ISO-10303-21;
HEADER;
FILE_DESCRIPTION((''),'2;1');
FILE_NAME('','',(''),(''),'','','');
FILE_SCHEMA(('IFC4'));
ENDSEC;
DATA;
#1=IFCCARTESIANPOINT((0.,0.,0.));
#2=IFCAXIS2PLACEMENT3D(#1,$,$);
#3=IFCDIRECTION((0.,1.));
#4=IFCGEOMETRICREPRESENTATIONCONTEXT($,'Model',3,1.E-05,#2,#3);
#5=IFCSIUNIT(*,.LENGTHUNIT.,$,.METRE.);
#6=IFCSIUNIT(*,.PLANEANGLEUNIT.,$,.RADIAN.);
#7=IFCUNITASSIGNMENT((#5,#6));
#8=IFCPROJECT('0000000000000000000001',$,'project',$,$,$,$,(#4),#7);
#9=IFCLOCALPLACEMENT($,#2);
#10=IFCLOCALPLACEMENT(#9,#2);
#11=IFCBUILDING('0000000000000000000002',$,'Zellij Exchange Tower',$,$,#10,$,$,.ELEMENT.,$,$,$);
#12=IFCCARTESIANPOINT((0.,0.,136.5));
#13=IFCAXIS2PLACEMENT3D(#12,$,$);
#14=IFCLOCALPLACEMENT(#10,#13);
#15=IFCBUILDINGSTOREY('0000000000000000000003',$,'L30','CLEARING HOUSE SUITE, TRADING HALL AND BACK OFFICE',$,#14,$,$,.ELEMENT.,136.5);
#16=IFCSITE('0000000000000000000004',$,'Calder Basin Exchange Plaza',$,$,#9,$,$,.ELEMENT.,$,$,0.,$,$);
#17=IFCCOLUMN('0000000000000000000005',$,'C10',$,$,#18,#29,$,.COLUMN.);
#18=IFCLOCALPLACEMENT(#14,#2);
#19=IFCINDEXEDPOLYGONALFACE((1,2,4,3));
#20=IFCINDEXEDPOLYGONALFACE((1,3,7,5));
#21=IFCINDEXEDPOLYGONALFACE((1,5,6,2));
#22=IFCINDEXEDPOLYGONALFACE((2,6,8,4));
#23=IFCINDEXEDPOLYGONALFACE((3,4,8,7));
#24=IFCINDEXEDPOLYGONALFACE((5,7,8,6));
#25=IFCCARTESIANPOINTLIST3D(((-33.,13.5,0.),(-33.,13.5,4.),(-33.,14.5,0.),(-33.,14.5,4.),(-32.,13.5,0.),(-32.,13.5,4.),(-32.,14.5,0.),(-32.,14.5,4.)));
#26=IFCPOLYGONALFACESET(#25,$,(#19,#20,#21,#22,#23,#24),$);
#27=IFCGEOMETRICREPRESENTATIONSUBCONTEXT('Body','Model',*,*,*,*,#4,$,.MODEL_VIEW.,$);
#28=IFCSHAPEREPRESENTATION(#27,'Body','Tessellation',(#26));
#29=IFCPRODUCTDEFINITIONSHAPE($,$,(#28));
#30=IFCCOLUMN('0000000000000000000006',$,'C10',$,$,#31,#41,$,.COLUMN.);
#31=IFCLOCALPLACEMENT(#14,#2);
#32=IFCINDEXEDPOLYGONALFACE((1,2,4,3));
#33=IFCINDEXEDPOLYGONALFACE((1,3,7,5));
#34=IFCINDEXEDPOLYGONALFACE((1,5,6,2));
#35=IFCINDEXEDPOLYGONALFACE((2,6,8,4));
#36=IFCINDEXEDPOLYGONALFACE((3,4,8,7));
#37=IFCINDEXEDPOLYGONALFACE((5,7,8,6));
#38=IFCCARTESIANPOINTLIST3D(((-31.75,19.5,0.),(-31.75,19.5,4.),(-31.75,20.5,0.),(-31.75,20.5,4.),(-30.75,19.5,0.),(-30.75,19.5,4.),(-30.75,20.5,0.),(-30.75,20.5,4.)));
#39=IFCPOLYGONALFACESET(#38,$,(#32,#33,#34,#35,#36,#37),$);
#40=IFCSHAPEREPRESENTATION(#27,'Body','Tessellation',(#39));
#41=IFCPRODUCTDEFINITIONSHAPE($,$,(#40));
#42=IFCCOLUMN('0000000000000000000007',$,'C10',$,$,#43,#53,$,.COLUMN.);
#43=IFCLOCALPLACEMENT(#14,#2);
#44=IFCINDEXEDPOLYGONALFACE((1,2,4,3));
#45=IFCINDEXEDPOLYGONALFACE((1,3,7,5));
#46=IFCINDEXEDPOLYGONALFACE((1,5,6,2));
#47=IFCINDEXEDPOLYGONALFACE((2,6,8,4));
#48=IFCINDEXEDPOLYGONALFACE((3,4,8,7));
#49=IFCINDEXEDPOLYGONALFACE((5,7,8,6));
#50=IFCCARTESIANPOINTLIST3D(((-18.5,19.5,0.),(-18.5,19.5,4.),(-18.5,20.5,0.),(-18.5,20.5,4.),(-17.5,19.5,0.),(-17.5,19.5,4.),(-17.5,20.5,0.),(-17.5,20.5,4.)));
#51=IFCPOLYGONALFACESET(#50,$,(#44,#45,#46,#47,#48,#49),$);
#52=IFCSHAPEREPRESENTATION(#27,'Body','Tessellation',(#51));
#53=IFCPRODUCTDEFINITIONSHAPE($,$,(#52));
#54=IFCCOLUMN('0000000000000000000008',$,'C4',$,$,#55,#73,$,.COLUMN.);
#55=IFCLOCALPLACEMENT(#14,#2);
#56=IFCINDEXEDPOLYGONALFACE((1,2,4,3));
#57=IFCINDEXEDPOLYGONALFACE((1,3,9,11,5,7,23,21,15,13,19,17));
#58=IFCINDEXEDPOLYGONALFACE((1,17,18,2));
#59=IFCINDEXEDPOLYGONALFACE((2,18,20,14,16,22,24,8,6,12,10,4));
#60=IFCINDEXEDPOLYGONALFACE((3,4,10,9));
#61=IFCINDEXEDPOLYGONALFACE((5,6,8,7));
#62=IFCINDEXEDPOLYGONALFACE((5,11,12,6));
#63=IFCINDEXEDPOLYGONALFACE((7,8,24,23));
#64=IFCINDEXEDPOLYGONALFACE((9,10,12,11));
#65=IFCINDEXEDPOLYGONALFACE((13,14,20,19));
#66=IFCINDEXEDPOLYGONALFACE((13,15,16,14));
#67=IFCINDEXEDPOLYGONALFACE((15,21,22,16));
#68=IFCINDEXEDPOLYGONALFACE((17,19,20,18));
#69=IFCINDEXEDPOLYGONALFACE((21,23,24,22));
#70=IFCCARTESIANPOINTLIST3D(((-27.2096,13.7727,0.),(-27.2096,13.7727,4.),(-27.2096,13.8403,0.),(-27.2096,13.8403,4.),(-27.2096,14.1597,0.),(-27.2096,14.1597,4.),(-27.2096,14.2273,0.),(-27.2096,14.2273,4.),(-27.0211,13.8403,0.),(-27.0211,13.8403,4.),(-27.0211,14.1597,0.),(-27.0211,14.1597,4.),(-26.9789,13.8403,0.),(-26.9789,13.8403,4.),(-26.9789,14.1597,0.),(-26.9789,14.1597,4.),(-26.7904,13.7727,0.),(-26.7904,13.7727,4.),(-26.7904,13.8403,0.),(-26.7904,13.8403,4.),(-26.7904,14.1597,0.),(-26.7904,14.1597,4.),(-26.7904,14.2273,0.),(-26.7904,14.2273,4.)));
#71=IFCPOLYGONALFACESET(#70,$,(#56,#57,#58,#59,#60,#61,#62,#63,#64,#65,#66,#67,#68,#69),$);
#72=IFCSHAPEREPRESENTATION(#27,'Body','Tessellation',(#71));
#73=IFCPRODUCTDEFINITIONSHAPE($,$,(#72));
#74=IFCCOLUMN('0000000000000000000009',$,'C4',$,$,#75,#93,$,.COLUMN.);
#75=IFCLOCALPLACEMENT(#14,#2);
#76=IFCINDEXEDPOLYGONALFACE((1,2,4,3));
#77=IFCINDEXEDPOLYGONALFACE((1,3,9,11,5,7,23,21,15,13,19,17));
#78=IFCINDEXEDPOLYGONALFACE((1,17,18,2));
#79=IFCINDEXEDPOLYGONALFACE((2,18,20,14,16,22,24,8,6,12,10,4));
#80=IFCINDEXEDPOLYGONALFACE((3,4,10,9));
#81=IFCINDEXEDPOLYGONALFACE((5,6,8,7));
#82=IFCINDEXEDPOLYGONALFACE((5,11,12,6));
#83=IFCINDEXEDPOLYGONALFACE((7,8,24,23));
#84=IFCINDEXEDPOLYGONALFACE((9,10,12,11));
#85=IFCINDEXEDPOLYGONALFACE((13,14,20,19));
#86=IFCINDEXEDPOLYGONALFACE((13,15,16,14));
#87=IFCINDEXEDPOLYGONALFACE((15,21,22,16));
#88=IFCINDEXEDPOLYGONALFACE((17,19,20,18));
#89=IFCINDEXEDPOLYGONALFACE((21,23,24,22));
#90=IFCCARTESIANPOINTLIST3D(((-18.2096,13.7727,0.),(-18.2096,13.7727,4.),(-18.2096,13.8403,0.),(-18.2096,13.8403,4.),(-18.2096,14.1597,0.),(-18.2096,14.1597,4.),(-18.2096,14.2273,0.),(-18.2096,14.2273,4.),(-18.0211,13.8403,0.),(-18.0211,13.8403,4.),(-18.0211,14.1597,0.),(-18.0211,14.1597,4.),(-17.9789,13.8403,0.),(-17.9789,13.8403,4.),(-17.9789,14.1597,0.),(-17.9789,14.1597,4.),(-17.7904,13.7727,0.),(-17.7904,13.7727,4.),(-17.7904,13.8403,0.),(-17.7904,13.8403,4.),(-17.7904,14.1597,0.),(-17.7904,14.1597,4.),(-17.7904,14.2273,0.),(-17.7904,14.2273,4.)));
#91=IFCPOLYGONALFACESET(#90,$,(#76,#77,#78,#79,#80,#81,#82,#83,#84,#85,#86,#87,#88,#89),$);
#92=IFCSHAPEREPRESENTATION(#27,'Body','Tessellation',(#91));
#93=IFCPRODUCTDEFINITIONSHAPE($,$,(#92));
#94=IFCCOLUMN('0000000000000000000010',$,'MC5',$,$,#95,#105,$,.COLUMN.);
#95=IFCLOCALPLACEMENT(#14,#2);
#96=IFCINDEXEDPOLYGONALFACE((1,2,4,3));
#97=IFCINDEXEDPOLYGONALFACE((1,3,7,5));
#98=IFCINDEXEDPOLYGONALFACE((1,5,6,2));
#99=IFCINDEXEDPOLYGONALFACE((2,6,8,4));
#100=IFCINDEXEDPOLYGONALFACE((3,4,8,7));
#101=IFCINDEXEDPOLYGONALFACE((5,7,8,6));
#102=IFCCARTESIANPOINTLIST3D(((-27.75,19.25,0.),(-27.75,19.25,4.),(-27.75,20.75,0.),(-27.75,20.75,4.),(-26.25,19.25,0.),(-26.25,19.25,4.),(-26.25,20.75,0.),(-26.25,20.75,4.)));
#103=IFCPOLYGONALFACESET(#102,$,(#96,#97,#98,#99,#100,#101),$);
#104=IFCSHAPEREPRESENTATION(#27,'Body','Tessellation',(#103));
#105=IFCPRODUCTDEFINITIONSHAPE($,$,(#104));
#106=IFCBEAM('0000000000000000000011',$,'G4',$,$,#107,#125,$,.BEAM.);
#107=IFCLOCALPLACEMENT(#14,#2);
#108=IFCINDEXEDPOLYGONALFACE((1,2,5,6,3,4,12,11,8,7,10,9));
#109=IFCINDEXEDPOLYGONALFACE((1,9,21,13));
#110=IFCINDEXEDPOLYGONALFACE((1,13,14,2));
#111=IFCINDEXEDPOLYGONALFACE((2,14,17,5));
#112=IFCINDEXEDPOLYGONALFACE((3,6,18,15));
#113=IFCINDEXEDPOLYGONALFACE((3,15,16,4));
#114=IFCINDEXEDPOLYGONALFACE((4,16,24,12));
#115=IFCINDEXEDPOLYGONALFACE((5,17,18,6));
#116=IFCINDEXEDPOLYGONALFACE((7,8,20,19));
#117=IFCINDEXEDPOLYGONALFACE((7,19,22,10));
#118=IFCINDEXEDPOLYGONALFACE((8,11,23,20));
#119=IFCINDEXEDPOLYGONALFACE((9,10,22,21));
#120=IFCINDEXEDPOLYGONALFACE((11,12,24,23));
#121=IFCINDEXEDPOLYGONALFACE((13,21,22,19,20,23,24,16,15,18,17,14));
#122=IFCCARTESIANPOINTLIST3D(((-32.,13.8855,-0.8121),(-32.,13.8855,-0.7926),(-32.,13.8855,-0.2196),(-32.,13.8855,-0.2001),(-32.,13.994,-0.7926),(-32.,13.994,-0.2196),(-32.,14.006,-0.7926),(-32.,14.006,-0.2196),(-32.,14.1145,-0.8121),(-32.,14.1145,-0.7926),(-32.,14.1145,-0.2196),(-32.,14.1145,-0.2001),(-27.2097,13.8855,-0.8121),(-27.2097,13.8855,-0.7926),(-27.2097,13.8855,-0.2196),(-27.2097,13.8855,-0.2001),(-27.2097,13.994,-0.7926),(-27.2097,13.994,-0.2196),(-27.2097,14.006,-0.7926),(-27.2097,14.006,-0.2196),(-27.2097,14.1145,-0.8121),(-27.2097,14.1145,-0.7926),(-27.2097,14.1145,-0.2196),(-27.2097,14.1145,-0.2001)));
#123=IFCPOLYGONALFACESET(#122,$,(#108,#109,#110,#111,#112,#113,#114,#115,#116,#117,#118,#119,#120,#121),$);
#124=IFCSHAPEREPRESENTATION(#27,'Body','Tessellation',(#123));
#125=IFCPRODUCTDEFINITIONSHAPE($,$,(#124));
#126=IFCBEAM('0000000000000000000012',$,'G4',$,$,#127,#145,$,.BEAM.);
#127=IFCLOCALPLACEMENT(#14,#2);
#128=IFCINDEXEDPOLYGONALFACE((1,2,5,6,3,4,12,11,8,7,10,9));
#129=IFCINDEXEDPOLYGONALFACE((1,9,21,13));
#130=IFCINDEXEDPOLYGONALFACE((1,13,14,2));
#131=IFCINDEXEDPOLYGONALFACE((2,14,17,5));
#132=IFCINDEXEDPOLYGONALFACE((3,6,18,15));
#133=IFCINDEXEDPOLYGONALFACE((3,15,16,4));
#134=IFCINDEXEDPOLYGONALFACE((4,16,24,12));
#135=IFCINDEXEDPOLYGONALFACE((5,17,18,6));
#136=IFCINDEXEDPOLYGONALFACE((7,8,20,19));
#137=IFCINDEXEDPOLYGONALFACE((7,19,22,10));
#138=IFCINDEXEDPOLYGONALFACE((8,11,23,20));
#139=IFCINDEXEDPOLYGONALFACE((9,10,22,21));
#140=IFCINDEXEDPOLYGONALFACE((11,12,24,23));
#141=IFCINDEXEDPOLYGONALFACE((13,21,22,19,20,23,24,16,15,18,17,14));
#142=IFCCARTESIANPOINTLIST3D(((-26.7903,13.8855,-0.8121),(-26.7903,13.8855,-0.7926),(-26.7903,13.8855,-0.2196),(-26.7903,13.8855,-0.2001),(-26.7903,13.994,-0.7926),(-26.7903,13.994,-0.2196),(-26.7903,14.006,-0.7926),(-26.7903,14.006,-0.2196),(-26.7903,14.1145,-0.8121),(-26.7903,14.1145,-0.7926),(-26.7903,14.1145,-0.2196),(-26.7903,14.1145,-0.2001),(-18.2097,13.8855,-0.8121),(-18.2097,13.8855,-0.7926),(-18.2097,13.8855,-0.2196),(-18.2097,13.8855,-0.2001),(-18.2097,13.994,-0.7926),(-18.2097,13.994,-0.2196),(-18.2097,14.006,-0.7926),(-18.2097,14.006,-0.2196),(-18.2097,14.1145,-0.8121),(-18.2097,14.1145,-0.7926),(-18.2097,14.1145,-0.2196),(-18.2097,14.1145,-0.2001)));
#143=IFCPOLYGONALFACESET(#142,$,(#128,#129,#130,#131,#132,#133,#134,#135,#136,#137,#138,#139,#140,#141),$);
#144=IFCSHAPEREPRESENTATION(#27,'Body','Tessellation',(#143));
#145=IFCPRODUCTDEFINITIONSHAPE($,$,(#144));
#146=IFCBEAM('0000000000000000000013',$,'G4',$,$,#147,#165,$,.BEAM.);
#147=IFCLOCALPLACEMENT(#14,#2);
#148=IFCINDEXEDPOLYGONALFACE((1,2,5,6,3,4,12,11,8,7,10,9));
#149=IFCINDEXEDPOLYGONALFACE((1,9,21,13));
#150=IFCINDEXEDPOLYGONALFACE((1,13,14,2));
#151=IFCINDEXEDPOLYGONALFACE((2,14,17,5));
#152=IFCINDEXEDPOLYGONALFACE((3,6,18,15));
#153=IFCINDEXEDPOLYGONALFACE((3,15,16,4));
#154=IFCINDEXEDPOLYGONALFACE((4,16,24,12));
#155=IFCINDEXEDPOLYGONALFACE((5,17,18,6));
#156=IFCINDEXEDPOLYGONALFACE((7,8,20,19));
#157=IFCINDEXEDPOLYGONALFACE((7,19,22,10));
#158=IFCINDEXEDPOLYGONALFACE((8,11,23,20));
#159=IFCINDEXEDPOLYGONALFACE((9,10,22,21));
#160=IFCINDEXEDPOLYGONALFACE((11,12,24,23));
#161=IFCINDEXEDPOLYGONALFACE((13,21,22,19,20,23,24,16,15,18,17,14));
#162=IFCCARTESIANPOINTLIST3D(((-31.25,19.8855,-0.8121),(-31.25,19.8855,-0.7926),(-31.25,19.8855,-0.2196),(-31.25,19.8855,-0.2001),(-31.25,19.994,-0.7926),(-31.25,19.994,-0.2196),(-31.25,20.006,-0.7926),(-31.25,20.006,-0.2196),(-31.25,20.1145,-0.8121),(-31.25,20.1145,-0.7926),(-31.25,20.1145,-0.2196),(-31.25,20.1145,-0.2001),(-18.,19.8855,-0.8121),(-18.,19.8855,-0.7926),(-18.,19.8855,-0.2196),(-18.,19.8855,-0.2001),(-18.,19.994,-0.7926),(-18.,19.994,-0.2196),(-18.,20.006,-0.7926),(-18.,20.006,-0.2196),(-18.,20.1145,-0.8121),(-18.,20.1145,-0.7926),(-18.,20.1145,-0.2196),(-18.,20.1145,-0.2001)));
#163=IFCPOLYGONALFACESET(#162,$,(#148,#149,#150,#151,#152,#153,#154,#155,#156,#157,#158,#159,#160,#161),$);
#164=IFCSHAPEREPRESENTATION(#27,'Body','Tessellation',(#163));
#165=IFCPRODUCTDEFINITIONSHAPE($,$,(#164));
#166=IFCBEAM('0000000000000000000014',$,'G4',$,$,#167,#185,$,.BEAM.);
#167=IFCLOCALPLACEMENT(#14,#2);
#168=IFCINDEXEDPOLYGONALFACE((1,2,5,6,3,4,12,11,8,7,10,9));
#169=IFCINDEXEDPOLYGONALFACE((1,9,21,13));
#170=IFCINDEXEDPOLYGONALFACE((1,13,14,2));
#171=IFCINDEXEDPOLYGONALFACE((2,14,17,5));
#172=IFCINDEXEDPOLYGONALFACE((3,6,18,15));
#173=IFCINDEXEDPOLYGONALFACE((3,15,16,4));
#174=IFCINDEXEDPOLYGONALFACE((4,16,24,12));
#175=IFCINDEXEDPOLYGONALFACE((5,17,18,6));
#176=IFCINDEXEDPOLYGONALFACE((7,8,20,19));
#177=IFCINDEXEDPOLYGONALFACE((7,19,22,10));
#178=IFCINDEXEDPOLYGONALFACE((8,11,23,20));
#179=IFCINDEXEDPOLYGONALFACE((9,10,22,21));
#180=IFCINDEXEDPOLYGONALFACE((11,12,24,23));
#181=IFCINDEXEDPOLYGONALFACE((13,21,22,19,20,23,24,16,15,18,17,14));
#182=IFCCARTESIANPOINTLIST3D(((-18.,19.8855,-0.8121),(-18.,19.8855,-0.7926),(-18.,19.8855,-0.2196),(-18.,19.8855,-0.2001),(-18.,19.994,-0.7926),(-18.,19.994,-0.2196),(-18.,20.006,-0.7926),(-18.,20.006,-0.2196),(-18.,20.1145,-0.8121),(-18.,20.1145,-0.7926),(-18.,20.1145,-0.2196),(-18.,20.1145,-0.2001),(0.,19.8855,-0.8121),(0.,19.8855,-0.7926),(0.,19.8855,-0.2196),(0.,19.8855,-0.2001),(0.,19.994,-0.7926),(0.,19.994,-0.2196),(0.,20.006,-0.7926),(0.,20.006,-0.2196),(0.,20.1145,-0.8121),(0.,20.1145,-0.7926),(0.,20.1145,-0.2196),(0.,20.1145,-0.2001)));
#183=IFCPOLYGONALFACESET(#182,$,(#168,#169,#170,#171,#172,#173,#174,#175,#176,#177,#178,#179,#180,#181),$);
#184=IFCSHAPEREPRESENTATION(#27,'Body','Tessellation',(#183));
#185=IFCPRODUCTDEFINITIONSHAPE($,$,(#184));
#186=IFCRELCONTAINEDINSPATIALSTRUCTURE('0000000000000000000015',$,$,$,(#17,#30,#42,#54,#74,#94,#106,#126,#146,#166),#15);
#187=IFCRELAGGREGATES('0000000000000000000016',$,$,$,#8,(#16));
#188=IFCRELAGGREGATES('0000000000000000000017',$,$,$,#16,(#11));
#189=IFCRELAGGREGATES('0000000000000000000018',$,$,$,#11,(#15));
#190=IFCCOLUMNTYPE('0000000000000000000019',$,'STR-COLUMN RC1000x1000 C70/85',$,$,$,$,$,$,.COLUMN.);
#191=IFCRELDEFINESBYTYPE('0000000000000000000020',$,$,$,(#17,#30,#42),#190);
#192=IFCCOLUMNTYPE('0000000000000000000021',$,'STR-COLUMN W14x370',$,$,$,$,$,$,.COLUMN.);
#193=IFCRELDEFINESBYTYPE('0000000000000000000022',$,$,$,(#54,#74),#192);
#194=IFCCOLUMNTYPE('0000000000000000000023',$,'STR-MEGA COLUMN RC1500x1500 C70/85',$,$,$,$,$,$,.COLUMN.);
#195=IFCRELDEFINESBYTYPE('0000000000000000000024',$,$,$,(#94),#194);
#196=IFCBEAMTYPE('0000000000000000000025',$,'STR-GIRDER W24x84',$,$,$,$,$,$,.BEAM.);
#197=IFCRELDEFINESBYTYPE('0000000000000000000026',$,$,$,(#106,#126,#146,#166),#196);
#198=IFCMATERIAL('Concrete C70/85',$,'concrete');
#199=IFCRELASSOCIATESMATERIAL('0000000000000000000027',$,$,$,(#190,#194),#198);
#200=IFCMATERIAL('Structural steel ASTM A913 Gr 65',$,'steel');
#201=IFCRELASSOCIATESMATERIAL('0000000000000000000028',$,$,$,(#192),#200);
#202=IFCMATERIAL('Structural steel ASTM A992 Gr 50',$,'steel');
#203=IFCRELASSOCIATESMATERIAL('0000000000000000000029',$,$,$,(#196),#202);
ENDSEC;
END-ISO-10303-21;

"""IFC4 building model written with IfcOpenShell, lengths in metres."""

from ifc_helpers import new_model, si_unit, direction, frame, origin, origin_2d, place, context, subcontext, project, spatial, rectangle, i_section, extrude, material, material_profile, profile_set, type_object, element, save


model = new_model("IFC4")

# Units and contexts
model_context = context("Model", 3, precision=1e-05, world=origin(), true_north=direction((0.0, 1.0)))
body_context = subcontext(model_context, "Body", "Model", "MODEL_VIEW")
ifc_project = project(units=[si_unit("LENGTHUNIT", "METRE"), si_unit("PLANEANGLEUNIT", "RADIAN")], contexts=[model_context])

# Site, building, storey
site_placement = place(None, origin())
site = spatial("IfcSite", under=ifc_project, at=site_placement, Name="Calder Basin Exchange Plaza", CompositionType="ELEMENT", RefElevation=0.0)
building_placement = place(site_placement, origin())
building = spatial("IfcBuilding", under=site, at=building_placement, Name="Zellij Exchange Tower", CompositionType="ELEMENT")
storey_placement = place(building_placement, frame((0.0, 0.0, 136.5)))
storey = spatial("IfcBuildingStorey", under=building, at=storey_placement, Name="L30", Description="CLEARING HOUSE SUITE, TRADING HALL AND BACK OFFICE", CompositionType="ELEMENT", Elevation=136.5)

# Columns
ifc_material_1 = material(Name="Concrete C70/85", Category="concrete")
ifc_material_profile_1 = material_profile(ifc_material_1, rectangle(XDim=1.0, YDim=1.0, at=origin_2d()), Name="STR-COLUMN RC1000x1000 C70/85")
ifc_profile_set_1 = profile_set([ifc_material_profile_1], Name="Concrete C70/85")
column_type_1 = type_object("IfcColumnType", Name="STR-COLUMN RC1000x1000 C70/85", PredefinedType="COLUMN", material=ifc_profile_set_1)
for number, where, z_axis, x_axis, name in (
    (1, (-32.5, 14.0, 0.0), (0.0, 0.0, 1.0), (1.0, 0.0, 0.0), "C10"),
    (2, (-31.25, 20.0, 0.0), (0.0, 0.0, 1.0), (1.0, 0.0, 0.0), "C10"),
    (3, (-18.0, 20.0, 0.0), (0.0, 0.0, 1.0), (1.0, 0.0, 0.0), "C10"),
):
    element("IfcColumn", number, at=place(storey_placement, frame(where, z_axis=z_axis, x_axis=x_axis)), inside=storey, type_object=column_type_1, Name=name, PredefinedType="COLUMN", context=body_context, shape_type="SweptSolid", body=[
        extrude(rectangle(XDim=1.0, YDim=1.0, at=origin_2d()), origin(), (0.0, 0.0, 1.0), 4.0),
    ])
ifc_material_2 = material(Name="Structural steel ASTM A913 Gr 65", Category="steel")
ifc_material_profile_2 = material_profile(ifc_material_2, i_section(OverallWidth=0.4192, OverallDepth=0.4546, WebThickness=0.0422, FlangeThickness=0.0676, at=origin_2d()), Name="W14x370")
ifc_profile_set_2 = profile_set([ifc_material_profile_2], Name="Structural steel ASTM A913 Gr 65")
column_type_2 = type_object("IfcColumnType", Name="STR-COLUMN W14x370", PredefinedType="COLUMN", material=ifc_profile_set_2)
for number, where, z_axis, x_axis, name in (
    (4, (-27.0, 14.0, 0.0), (0.0, 0.0, 1.0), (1.0, 0.0, 0.0), "C4"),
    (5, (-18.0, 14.0, 0.0), (0.0, 0.0, 1.0), (1.0, 0.0, 0.0), "C4"),
):
    element("IfcColumn", number, at=place(storey_placement, frame(where, z_axis=z_axis, x_axis=x_axis)), inside=storey, type_object=column_type_2, Name=name, PredefinedType="COLUMN", context=body_context, shape_type="SweptSolid", body=[
        extrude(i_section(OverallWidth=0.4192, OverallDepth=0.4546, WebThickness=0.0422, FlangeThickness=0.0676, at=origin_2d()), origin(), (0.0, 0.0, 1.0), 4.0),
    ])
ifc_material_profile_3 = material_profile(ifc_material_1, rectangle(XDim=1.5, YDim=1.5, at=origin_2d()), Name="STR-MEGA COLUMN RC1500x1500 C70/85")
ifc_profile_set_3 = profile_set([ifc_material_profile_3], Name="Concrete C70/85")
column_type_3 = type_object("IfcColumnType", Name="STR-MEGA COLUMN RC1500x1500 C70/85", PredefinedType="COLUMN", material=ifc_profile_set_3)
column_placement = place(storey_placement, frame((-27.0, 20.0, 0.0), z_axis=(0.0, 0.0, 1.0), x_axis=(1.0, 0.0, 0.0)))
element("IfcColumn", 6, at=column_placement, inside=storey, type_object=column_type_3, Name="MC5", PredefinedType="COLUMN", context=body_context, shape_type="SweptSolid", body=[
    extrude(rectangle(XDim=1.5, YDim=1.5, at=origin_2d()), origin(), (0.0, 0.0, 1.0), 4.0),
])

# Beams
ifc_material_3 = material(Name="Structural steel ASTM A992 Gr 50", Category="steel")
ifc_material_profile_4 = material_profile(ifc_material_3, i_section(OverallWidth=0.229, OverallDepth=0.6121, WebThickness=0.012, FlangeThickness=0.0195, at=origin_2d()), Name="W24x84")
ifc_profile_set_4 = profile_set([ifc_material_profile_4], Name="Structural steel ASTM A992 Gr 50")
beam_type = type_object("IfcBeamType", Name="STR-GIRDER W24x84", PredefinedType="BEAM", material=ifc_profile_set_4)
beam_1_placement = place(storey_placement, frame((-32.0, 14.0, -0.5061), z_axis=(1.0, 0.0, 0.0), x_axis=(0.0, 1.0, 0.0)))
element("IfcBeam", 7, at=beam_1_placement, inside=storey, type_object=beam_type, Name="G4", PredefinedType="BEAM", context=body_context, shape_type="SweptSolid", body=[
    extrude(i_section(OverallWidth=0.229, OverallDepth=0.6121, WebThickness=0.012, FlangeThickness=0.0195, at=origin_2d()), origin(), (0.0, 0.0, 1.0), 4.7903),
])
beam_2_placement = place(storey_placement, frame((-26.7903, 14.0, -0.5061), z_axis=(1.0, 0.0, 0.0), x_axis=(0.0, 1.0, 0.0)))
element("IfcBeam", 8, at=beam_2_placement, inside=storey, type_object=beam_type, Name="G4", PredefinedType="BEAM", context=body_context, shape_type="SweptSolid", body=[
    extrude(i_section(OverallWidth=0.229, OverallDepth=0.6121, WebThickness=0.012, FlangeThickness=0.0195, at=origin_2d()), origin(), (0.0, 0.0, 1.0), 8.5806),
])
beam_3_placement = place(storey_placement, frame((-31.25, 20.0, -0.5061), z_axis=(1.0, 0.0, 0.0), x_axis=(0.0, 1.0, 0.0)))
element("IfcBeam", 9, at=beam_3_placement, inside=storey, type_object=beam_type, Name="G4", PredefinedType="BEAM", context=body_context, shape_type="SweptSolid", body=[
    extrude(i_section(OverallWidth=0.229, OverallDepth=0.6121, WebThickness=0.012, FlangeThickness=0.0195, at=origin_2d()), origin(), (0.0, 0.0, 1.0), 13.25),
])
beam_4_placement = place(storey_placement, frame((-18.0, 20.0, -0.5061), z_axis=(1.0, 0.0, 0.0), x_axis=(0.0, 1.0, 0.0)))
element("IfcBeam", 10, at=beam_4_placement, inside=storey, type_object=beam_type, Name="G4", PredefinedType="BEAM", context=body_context, shape_type="SweptSolid", body=[
    extrude(i_section(OverallWidth=0.229, OverallDepth=0.6121, WebThickness=0.012, FlangeThickness=0.0195, at=origin_2d()), origin(), (0.0, 0.0, 1.0), 18.0),
])

save(model, "model.ifc")
